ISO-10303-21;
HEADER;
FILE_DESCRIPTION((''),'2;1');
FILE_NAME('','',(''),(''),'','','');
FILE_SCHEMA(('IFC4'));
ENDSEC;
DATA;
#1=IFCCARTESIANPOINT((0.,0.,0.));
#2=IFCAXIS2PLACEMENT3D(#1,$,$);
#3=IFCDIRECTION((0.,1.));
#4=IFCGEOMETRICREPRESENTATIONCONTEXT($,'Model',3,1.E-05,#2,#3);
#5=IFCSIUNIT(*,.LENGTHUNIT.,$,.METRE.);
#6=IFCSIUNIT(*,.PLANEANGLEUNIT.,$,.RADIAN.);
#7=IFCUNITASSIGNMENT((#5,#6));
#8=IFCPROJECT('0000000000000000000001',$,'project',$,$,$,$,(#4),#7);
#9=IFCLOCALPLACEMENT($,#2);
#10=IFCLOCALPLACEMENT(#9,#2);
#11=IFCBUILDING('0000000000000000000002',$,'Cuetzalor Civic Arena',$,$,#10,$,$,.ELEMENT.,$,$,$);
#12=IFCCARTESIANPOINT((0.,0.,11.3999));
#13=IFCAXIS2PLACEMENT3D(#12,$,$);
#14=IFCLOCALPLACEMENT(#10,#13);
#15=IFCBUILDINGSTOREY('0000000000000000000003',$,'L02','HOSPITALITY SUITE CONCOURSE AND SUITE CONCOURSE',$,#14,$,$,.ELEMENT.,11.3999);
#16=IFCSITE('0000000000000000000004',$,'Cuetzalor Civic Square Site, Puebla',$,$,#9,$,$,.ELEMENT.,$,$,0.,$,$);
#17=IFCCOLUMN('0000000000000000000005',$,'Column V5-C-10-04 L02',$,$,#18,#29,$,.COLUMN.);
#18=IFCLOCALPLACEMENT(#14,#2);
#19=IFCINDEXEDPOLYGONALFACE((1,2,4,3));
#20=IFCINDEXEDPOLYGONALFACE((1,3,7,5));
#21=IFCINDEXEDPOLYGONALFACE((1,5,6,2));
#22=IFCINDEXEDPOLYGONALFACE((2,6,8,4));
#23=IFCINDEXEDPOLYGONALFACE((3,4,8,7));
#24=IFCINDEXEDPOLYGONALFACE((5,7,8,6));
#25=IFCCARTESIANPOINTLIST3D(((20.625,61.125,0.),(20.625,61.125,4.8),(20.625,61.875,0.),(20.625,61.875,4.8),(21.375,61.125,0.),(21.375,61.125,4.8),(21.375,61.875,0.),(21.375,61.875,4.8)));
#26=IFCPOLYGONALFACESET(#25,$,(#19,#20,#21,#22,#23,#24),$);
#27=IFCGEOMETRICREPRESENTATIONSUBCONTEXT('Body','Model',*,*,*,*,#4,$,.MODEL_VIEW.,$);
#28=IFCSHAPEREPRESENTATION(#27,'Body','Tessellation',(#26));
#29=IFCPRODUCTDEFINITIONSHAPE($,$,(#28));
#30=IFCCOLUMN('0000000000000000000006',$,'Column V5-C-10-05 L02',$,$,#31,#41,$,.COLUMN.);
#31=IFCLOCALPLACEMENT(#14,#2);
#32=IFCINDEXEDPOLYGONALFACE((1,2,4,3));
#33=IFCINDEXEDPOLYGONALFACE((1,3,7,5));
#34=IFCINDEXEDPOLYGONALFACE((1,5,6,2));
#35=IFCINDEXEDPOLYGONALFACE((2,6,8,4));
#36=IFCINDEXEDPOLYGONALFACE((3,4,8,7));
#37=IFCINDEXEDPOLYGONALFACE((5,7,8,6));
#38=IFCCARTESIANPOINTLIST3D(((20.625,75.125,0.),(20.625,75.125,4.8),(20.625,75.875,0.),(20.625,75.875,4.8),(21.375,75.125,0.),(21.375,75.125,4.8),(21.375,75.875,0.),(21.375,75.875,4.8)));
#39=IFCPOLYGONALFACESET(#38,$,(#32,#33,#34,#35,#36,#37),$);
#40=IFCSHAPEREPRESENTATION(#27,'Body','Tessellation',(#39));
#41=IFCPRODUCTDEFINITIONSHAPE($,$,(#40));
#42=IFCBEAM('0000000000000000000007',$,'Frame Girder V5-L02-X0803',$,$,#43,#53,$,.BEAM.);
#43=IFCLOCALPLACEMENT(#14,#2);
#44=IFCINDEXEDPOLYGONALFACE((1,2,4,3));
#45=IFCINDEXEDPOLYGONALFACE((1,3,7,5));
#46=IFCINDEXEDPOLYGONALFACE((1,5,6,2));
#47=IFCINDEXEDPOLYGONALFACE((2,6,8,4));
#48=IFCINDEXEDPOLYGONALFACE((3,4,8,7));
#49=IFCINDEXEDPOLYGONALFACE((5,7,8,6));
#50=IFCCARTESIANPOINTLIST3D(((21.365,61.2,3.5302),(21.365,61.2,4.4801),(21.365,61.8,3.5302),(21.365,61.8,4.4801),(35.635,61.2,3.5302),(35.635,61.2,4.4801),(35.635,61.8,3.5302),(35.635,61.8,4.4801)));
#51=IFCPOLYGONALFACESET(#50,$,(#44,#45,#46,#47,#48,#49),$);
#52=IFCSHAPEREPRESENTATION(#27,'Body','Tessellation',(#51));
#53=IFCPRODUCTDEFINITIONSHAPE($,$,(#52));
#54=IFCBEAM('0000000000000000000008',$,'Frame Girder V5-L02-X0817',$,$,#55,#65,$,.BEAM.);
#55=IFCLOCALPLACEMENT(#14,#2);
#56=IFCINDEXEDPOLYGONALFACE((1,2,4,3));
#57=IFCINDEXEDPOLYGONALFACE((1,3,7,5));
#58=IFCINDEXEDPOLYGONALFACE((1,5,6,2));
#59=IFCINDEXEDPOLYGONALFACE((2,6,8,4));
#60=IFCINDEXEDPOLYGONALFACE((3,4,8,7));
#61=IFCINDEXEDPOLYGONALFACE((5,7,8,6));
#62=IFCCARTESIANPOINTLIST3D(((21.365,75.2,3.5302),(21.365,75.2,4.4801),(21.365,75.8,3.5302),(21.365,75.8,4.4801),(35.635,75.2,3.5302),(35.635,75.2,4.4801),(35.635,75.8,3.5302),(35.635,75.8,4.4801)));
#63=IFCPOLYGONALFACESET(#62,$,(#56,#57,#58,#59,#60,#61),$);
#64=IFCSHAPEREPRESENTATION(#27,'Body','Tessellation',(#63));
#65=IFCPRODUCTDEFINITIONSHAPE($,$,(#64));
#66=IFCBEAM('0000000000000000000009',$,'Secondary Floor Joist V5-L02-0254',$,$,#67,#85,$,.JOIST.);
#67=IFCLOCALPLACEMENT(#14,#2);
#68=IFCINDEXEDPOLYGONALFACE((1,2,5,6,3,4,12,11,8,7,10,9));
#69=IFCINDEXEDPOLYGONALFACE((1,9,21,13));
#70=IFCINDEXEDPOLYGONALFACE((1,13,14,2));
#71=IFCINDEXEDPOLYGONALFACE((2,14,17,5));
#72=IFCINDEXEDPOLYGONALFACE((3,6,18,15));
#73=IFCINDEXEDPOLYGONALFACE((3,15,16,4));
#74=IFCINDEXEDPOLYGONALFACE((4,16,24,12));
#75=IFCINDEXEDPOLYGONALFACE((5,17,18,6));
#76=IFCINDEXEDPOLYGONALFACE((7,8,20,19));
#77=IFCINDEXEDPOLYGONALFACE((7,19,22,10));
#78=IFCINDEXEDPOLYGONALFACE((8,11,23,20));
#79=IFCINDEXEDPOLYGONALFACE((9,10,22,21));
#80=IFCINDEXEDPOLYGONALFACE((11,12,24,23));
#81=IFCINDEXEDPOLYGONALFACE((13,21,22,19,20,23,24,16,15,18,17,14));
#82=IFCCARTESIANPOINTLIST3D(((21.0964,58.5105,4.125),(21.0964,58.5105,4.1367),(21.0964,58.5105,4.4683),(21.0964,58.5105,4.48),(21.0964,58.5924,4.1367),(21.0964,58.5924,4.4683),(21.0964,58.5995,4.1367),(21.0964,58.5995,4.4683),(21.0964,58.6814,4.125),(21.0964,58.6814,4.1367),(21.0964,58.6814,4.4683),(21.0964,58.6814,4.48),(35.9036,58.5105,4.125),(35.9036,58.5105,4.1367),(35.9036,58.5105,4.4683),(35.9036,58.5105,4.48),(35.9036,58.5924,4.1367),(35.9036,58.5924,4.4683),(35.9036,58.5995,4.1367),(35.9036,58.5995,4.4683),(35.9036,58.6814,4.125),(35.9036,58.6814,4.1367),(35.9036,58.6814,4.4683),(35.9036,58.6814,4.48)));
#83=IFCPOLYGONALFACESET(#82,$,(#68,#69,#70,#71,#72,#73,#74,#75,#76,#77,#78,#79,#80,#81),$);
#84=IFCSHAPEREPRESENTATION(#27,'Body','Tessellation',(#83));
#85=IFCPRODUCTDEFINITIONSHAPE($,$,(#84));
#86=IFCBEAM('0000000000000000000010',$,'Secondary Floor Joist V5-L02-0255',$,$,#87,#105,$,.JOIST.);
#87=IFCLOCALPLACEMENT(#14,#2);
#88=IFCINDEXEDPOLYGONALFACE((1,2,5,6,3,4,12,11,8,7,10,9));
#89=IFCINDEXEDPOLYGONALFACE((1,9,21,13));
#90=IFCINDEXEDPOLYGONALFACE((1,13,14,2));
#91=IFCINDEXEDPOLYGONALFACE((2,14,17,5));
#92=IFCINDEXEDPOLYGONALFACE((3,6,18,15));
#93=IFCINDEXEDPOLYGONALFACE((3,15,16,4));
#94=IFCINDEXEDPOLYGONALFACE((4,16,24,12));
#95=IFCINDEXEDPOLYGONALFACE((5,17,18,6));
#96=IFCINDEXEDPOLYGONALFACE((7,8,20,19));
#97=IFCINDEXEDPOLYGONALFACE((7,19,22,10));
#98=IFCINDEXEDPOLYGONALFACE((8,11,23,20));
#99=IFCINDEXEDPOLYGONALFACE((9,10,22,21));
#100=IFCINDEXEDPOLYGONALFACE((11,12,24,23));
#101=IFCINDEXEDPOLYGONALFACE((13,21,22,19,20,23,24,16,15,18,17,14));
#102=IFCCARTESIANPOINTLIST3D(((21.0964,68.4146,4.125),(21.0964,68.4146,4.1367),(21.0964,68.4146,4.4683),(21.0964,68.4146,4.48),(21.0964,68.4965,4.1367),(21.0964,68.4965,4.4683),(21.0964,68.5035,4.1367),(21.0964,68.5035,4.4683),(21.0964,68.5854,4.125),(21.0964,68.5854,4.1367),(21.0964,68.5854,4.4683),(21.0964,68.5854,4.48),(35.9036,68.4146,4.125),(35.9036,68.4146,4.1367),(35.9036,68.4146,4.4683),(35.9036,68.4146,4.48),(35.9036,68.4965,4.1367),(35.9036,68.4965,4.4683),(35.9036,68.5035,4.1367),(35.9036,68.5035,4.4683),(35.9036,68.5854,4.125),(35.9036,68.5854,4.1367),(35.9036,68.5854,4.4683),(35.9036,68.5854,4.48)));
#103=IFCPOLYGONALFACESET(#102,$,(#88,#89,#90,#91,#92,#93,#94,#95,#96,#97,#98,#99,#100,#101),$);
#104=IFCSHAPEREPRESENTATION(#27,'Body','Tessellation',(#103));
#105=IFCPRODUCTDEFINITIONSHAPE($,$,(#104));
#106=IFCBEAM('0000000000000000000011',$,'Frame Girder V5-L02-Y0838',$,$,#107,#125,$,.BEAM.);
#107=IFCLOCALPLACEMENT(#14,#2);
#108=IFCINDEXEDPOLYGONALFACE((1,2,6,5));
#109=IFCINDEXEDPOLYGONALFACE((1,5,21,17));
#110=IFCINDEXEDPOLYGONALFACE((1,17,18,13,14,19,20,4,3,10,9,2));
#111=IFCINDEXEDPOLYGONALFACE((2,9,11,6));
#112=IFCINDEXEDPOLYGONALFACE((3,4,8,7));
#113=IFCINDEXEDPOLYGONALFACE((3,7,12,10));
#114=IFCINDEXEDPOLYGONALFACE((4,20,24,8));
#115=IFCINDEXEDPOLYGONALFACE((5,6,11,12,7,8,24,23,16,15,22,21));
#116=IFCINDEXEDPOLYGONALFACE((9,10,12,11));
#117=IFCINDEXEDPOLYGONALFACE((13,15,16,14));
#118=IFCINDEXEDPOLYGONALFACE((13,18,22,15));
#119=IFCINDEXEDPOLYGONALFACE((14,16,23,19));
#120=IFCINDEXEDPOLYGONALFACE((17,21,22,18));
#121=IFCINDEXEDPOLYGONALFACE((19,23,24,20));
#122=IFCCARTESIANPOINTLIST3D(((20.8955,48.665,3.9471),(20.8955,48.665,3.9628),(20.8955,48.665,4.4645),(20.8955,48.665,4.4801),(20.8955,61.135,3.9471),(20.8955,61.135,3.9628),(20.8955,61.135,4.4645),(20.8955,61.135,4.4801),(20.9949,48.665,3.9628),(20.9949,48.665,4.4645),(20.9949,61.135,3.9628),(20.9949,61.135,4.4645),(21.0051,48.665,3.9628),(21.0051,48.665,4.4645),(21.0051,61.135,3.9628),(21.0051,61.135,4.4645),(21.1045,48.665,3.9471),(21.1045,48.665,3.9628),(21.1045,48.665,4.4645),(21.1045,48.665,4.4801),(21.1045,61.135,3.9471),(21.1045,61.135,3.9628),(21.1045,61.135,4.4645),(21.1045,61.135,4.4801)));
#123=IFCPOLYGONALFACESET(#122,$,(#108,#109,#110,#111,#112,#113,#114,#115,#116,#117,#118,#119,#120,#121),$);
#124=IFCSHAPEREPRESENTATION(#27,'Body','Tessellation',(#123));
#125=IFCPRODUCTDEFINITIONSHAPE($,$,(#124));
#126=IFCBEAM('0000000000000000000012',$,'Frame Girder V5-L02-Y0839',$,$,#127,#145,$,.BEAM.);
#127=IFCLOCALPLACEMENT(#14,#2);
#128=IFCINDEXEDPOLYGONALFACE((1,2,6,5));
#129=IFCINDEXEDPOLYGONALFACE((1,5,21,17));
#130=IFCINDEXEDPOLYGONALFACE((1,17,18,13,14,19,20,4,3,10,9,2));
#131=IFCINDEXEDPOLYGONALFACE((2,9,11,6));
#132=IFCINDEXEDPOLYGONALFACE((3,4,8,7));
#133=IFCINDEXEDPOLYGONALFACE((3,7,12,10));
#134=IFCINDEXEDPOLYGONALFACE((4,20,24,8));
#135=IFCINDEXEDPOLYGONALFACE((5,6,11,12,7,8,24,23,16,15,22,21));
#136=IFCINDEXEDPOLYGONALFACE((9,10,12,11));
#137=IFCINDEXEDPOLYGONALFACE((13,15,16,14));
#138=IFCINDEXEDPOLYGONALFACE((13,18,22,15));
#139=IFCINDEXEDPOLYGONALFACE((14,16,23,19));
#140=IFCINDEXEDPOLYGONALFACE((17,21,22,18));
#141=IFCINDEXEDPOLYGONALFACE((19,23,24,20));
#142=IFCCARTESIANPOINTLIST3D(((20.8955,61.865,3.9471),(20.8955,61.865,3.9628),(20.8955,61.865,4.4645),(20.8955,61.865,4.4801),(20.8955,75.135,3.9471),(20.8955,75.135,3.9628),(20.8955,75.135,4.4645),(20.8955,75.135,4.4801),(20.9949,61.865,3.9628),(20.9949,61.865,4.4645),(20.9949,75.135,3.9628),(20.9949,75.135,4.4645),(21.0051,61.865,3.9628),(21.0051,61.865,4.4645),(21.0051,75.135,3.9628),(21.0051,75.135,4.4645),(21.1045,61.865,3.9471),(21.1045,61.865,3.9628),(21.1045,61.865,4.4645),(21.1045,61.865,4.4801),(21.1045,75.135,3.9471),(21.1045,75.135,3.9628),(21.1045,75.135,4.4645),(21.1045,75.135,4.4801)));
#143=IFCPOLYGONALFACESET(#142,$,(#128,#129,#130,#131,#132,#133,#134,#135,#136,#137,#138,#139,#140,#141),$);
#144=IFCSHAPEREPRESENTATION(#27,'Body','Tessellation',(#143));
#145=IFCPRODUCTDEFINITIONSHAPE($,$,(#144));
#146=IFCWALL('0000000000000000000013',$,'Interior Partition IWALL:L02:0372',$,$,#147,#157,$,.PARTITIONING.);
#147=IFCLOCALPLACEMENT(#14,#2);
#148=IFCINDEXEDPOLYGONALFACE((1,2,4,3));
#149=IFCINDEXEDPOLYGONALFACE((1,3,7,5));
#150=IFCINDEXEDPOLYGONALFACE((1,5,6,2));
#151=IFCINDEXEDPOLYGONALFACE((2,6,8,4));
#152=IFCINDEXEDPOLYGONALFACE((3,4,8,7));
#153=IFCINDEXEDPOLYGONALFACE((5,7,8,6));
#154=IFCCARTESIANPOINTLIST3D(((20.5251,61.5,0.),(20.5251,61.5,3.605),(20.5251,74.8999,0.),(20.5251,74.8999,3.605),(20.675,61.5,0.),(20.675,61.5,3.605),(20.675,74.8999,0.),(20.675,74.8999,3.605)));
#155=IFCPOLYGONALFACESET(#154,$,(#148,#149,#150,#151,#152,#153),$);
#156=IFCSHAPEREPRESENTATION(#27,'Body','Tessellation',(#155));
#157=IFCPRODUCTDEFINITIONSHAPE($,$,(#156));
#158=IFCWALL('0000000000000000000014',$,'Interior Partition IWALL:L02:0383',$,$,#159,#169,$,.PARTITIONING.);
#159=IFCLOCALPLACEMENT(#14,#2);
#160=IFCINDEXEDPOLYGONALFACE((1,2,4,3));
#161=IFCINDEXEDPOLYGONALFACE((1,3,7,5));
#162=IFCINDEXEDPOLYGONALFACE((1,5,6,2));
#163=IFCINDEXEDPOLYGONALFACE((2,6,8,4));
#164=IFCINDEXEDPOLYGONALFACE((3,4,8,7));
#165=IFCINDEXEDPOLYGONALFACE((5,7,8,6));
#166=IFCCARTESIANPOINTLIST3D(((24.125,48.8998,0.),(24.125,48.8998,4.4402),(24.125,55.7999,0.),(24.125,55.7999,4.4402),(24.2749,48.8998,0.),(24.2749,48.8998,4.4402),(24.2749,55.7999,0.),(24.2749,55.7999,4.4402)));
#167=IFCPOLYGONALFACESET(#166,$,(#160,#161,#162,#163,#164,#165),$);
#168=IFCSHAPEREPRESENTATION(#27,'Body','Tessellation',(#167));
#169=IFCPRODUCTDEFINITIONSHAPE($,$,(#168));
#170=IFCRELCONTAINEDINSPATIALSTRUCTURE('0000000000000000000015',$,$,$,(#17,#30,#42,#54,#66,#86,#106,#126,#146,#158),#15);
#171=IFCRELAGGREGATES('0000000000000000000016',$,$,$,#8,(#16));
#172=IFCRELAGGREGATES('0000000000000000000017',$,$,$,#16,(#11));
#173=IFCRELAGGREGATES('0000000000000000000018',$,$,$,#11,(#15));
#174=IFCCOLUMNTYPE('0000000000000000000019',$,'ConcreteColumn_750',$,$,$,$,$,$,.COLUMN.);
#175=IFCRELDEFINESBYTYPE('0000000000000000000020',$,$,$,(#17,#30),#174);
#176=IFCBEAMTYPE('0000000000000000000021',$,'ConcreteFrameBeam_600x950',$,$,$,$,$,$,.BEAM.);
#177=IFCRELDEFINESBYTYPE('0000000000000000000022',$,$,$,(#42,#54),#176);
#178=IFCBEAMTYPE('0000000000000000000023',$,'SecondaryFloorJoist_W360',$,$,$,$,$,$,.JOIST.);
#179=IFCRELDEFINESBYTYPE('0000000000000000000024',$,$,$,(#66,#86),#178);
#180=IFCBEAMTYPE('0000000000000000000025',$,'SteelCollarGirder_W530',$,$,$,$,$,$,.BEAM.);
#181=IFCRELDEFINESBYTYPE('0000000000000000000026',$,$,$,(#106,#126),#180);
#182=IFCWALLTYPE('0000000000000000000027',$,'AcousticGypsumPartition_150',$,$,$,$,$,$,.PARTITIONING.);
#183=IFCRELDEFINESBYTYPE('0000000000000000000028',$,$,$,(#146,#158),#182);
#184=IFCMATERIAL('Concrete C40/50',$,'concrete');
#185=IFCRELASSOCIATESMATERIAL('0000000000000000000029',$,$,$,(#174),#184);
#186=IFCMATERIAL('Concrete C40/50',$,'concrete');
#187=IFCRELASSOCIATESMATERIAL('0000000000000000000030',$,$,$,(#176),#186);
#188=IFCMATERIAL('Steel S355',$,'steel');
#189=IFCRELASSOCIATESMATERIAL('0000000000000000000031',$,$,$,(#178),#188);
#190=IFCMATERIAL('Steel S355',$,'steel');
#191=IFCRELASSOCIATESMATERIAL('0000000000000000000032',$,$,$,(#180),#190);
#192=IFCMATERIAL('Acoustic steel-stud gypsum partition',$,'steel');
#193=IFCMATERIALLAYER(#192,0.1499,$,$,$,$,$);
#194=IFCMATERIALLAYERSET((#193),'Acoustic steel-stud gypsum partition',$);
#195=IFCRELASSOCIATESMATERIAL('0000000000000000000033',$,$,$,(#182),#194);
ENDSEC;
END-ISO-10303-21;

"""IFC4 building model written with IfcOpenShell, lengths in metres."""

from ifc_helpers import new_model, si_unit, direction, frame, frame_2d, origin, origin_2d, place, context, subcontext, project, spatial, rectangle, i_section, extrude, material, layer, layer_set, material_profile, profile_set, type_object, element, save


model = new_model("IFC4")

# Units and contexts
model_context = context("Model", 3, precision=1e-05, world=origin(), true_north=direction((0.0, 1.0)))
body_context = subcontext(model_context, "Body", "Model", "MODEL_VIEW")
ifc_project = project(units=[si_unit("LENGTHUNIT", "METRE"), si_unit("PLANEANGLEUNIT", "RADIAN")], contexts=[model_context])

# Site, building, storey
site_placement = place(None, origin())
site = spatial("IfcSite", under=ifc_project, at=site_placement, Name="Cuetzalor Civic Square Site, Puebla", CompositionType="ELEMENT", RefElevation=0.0)
building_placement = place(site_placement, origin())
building = spatial("IfcBuilding", under=site, at=building_placement, Name="Cuetzalor Civic Arena", CompositionType="ELEMENT")
storey_placement = place(building_placement, frame((0.0, 0.0, 11.3999)))
storey = spatial("IfcBuildingStorey", under=building, at=storey_placement, Name="L02", Description="HOSPITALITY SUITE CONCOURSE AND SUITE CONCOURSE", CompositionType="ELEMENT", Elevation=11.3999)

# Columns
ifc_material_1 = material(Name="Concrete C40/50", Category="concrete")
ifc_material_profile_1 = material_profile(ifc_material_1, rectangle(XDim=0.75, YDim=0.75, at=origin_2d()), Name="RC 750x750")
ifc_profile_set_1 = profile_set([ifc_material_profile_1], Name="Concrete C40/50")
column_type = type_object("IfcColumnType", Name="ConcreteColumn_750", PredefinedType="COLUMN", material=ifc_profile_set_1)
for number, where, z_axis, x_axis, name in (
    (1, (21.0, 61.5, 0.0), (0.0, 0.0, 1.0), (1.0, 0.0, 0.0), "Column V5-C-10-04 L02"),
    (2, (21.0, 75.5, 0.0), (0.0, 0.0, 1.0), (1.0, 0.0, 0.0), "Column V5-C-10-05 L02"),
):
    element("IfcColumn", number, at=place(storey_placement, frame(where, z_axis=z_axis, x_axis=x_axis)), inside=storey, type_object=column_type, Name=name, PredefinedType="COLUMN", context=body_context, shape_type="SweptSolid", body=[
        extrude(rectangle(XDim=0.75, YDim=0.75, at=origin_2d()), origin(), (0.0, 0.0, 1.0), 4.8),
    ])

# Beams
ifc_material_2 = material(Name="Concrete C40/50", Category="concrete")
ifc_material_profile_2 = material_profile(ifc_material_2, rectangle(XDim=0.6001, YDim=0.95, at=origin_2d()), Name="RC 600x950")
ifc_profile_set_2 = profile_set([ifc_material_profile_2], Name="Concrete C40/50")
beam_type_1 = type_object("IfcBeamType", Name="ConcreteFrameBeam_600x950", PredefinedType="BEAM", material=ifc_profile_set_2)
for number, where, z_axis, x_axis, name in (
    (3, (21.365, 61.5, 4.0051), (1.0, 0.0, 0.0), (0.0, 1.0, 0.0), "Frame Girder V5-L02-X0803"),
    (4, (21.365, 75.5, 4.0051), (1.0, 0.0, 0.0), (0.0, 1.0, 0.0), "Frame Girder V5-L02-X0817"),
):
    element("IfcBeam", number, at=place(storey_placement, frame(where, z_axis=z_axis, x_axis=x_axis)), inside=storey, type_object=beam_type_1, Name=name, PredefinedType="BEAM", context=body_context, shape_type="SweptSolid", body=[
        extrude(rectangle(XDim=0.6001, YDim=0.95, at=origin_2d()), origin(), (0.0, 0.0, 1.0), 14.27),
    ])
ifc_material_3 = material(Name="Steel S355", Category="steel")
ifc_material_profile_3 = material_profile(ifc_material_3, i_section(OverallWidth=0.1709, OverallDepth=0.355, WebThickness=0.0071, FlangeThickness=0.0117, at=origin_2d()), Name="W360x51")
ifc_profile_set_3 = profile_set([ifc_material_profile_3], Name="Steel S355")
beam_type_2 = type_object("IfcBeamType", Name="SecondaryFloorJoist_W360", PredefinedType="JOIST", material=ifc_profile_set_3)
for number, where, z_axis, x_axis, name in (
    (5, (21.0964, 58.5959, 4.3025), (1.0, 0.0, 0.0), (0.0, 1.0, 0.0), "Secondary Floor Joist V5-L02-0254"),
    (6, (21.0964, 68.5, 4.3025), (1.0, 0.0, 0.0), (0.0, 1.0, 0.0), "Secondary Floor Joist V5-L02-0255"),
):
    element("IfcBeam", number, at=place(storey_placement, frame(where, z_axis=z_axis, x_axis=x_axis)), inside=storey, type_object=beam_type_2, Name=name, PredefinedType="JOIST", context=body_context, shape_type="SweptSolid", body=[
        extrude(i_section(OverallWidth=0.1709, OverallDepth=0.355, WebThickness=0.0071, FlangeThickness=0.0117, at=origin_2d()), origin(), (0.0, 0.0, 1.0), 14.8071),
    ])
ifc_material_4 = material(Name="Steel S355", Category="steel")
ifc_material_profile_4 = material_profile(ifc_material_4, i_section(OverallWidth=0.209, OverallDepth=0.533, WebThickness=0.0103, FlangeThickness=0.0156, at=origin_2d()), Name="W530x92")
ifc_profile_set_4 = profile_set([ifc_material_profile_4], Name="Steel S355")
beam_type_3 = type_object("IfcBeamType", Name="SteelCollarGirder_W530", PredefinedType="BEAM", material=ifc_profile_set_4)
beam_1_placement = place(storey_placement, frame((21.0, 48.665, 4.2136), z_axis=(0.0, 1.0, 0.0), x_axis=(-1.0, 0.0, 0.0)))
element("IfcBeam", 7, at=beam_1_placement, inside=storey, type_object=beam_type_3, Name="Frame Girder V5-L02-Y0838", PredefinedType="BEAM", context=body_context, shape_type="SweptSolid", body=[
    extrude(i_section(OverallWidth=0.209, OverallDepth=0.533, WebThickness=0.0103, FlangeThickness=0.0156, at=origin_2d()), origin(), (0.0, 0.0, 1.0), 12.47),
])
beam_2_placement = place(storey_placement, frame((21.0, 61.865, 4.2136), z_axis=(0.0, 1.0, 0.0), x_axis=(-1.0, 0.0, 0.0)))
element("IfcBeam", 8, at=beam_2_placement, inside=storey, type_object=beam_type_3, Name="Frame Girder V5-L02-Y0839", PredefinedType="BEAM", context=body_context, shape_type="SweptSolid", body=[
    extrude(i_section(OverallWidth=0.209, OverallDepth=0.533, WebThickness=0.0103, FlangeThickness=0.0156, at=origin_2d()), origin(), (0.0, 0.0, 1.0), 13.27),
])

# Walls
ifc_material_5 = material(Name="Acoustic steel-stud gypsum partition", Category="steel")
ifc_layer_1 = layer(ifc_material_5, 0.1499)
ifc_layer_set_1 = layer_set([ifc_layer_1], Name="Acoustic steel-stud gypsum partition")
wall_type_1 = type_object("IfcWallType", Name="AcousticGypsumPartition_150", PredefinedType="PARTITIONING", material=ifc_layer_set_1)
wall_1_placement = place(storey_placement, frame((20.6001, 61.5, 0.0), z_axis=(0.0, 0.0, 1.0), x_axis=(0.0, 1.0, 0.0)))
element("IfcWall", 9, at=wall_1_placement, inside=storey, type_object=wall_type_1, Name="Interior Partition IWALL:L02:0372", PredefinedType="PARTITIONING", context=body_context, shape_type="SweptSolid", body=[
    extrude(rectangle(XDim=13.3999, YDim=0.1499, at=frame_2d((6.7, 0.0))), origin(), (0.0, 0.0, 1.0), 3.605),
])
wall_2_placement = place(storey_placement, frame((24.2, 55.8, 0.0), z_axis=(0.0, 0.0, 1.0), x_axis=(0.0, -1.0, 0.0)))
element("IfcWall", 10, at=wall_2_placement, inside=storey, type_object=wall_type_1, Name="Interior Partition IWALL:L02:0383", PredefinedType="PARTITIONING", context=body_context, shape_type="SweptSolid", body=[
    extrude(rectangle(XDim=6.9001, YDim=0.1499, at=frame_2d((3.4502, 0.0))), origin(), (0.0, 0.0, 1.0), 4.4402),
])

save(model, "model.ifc")
